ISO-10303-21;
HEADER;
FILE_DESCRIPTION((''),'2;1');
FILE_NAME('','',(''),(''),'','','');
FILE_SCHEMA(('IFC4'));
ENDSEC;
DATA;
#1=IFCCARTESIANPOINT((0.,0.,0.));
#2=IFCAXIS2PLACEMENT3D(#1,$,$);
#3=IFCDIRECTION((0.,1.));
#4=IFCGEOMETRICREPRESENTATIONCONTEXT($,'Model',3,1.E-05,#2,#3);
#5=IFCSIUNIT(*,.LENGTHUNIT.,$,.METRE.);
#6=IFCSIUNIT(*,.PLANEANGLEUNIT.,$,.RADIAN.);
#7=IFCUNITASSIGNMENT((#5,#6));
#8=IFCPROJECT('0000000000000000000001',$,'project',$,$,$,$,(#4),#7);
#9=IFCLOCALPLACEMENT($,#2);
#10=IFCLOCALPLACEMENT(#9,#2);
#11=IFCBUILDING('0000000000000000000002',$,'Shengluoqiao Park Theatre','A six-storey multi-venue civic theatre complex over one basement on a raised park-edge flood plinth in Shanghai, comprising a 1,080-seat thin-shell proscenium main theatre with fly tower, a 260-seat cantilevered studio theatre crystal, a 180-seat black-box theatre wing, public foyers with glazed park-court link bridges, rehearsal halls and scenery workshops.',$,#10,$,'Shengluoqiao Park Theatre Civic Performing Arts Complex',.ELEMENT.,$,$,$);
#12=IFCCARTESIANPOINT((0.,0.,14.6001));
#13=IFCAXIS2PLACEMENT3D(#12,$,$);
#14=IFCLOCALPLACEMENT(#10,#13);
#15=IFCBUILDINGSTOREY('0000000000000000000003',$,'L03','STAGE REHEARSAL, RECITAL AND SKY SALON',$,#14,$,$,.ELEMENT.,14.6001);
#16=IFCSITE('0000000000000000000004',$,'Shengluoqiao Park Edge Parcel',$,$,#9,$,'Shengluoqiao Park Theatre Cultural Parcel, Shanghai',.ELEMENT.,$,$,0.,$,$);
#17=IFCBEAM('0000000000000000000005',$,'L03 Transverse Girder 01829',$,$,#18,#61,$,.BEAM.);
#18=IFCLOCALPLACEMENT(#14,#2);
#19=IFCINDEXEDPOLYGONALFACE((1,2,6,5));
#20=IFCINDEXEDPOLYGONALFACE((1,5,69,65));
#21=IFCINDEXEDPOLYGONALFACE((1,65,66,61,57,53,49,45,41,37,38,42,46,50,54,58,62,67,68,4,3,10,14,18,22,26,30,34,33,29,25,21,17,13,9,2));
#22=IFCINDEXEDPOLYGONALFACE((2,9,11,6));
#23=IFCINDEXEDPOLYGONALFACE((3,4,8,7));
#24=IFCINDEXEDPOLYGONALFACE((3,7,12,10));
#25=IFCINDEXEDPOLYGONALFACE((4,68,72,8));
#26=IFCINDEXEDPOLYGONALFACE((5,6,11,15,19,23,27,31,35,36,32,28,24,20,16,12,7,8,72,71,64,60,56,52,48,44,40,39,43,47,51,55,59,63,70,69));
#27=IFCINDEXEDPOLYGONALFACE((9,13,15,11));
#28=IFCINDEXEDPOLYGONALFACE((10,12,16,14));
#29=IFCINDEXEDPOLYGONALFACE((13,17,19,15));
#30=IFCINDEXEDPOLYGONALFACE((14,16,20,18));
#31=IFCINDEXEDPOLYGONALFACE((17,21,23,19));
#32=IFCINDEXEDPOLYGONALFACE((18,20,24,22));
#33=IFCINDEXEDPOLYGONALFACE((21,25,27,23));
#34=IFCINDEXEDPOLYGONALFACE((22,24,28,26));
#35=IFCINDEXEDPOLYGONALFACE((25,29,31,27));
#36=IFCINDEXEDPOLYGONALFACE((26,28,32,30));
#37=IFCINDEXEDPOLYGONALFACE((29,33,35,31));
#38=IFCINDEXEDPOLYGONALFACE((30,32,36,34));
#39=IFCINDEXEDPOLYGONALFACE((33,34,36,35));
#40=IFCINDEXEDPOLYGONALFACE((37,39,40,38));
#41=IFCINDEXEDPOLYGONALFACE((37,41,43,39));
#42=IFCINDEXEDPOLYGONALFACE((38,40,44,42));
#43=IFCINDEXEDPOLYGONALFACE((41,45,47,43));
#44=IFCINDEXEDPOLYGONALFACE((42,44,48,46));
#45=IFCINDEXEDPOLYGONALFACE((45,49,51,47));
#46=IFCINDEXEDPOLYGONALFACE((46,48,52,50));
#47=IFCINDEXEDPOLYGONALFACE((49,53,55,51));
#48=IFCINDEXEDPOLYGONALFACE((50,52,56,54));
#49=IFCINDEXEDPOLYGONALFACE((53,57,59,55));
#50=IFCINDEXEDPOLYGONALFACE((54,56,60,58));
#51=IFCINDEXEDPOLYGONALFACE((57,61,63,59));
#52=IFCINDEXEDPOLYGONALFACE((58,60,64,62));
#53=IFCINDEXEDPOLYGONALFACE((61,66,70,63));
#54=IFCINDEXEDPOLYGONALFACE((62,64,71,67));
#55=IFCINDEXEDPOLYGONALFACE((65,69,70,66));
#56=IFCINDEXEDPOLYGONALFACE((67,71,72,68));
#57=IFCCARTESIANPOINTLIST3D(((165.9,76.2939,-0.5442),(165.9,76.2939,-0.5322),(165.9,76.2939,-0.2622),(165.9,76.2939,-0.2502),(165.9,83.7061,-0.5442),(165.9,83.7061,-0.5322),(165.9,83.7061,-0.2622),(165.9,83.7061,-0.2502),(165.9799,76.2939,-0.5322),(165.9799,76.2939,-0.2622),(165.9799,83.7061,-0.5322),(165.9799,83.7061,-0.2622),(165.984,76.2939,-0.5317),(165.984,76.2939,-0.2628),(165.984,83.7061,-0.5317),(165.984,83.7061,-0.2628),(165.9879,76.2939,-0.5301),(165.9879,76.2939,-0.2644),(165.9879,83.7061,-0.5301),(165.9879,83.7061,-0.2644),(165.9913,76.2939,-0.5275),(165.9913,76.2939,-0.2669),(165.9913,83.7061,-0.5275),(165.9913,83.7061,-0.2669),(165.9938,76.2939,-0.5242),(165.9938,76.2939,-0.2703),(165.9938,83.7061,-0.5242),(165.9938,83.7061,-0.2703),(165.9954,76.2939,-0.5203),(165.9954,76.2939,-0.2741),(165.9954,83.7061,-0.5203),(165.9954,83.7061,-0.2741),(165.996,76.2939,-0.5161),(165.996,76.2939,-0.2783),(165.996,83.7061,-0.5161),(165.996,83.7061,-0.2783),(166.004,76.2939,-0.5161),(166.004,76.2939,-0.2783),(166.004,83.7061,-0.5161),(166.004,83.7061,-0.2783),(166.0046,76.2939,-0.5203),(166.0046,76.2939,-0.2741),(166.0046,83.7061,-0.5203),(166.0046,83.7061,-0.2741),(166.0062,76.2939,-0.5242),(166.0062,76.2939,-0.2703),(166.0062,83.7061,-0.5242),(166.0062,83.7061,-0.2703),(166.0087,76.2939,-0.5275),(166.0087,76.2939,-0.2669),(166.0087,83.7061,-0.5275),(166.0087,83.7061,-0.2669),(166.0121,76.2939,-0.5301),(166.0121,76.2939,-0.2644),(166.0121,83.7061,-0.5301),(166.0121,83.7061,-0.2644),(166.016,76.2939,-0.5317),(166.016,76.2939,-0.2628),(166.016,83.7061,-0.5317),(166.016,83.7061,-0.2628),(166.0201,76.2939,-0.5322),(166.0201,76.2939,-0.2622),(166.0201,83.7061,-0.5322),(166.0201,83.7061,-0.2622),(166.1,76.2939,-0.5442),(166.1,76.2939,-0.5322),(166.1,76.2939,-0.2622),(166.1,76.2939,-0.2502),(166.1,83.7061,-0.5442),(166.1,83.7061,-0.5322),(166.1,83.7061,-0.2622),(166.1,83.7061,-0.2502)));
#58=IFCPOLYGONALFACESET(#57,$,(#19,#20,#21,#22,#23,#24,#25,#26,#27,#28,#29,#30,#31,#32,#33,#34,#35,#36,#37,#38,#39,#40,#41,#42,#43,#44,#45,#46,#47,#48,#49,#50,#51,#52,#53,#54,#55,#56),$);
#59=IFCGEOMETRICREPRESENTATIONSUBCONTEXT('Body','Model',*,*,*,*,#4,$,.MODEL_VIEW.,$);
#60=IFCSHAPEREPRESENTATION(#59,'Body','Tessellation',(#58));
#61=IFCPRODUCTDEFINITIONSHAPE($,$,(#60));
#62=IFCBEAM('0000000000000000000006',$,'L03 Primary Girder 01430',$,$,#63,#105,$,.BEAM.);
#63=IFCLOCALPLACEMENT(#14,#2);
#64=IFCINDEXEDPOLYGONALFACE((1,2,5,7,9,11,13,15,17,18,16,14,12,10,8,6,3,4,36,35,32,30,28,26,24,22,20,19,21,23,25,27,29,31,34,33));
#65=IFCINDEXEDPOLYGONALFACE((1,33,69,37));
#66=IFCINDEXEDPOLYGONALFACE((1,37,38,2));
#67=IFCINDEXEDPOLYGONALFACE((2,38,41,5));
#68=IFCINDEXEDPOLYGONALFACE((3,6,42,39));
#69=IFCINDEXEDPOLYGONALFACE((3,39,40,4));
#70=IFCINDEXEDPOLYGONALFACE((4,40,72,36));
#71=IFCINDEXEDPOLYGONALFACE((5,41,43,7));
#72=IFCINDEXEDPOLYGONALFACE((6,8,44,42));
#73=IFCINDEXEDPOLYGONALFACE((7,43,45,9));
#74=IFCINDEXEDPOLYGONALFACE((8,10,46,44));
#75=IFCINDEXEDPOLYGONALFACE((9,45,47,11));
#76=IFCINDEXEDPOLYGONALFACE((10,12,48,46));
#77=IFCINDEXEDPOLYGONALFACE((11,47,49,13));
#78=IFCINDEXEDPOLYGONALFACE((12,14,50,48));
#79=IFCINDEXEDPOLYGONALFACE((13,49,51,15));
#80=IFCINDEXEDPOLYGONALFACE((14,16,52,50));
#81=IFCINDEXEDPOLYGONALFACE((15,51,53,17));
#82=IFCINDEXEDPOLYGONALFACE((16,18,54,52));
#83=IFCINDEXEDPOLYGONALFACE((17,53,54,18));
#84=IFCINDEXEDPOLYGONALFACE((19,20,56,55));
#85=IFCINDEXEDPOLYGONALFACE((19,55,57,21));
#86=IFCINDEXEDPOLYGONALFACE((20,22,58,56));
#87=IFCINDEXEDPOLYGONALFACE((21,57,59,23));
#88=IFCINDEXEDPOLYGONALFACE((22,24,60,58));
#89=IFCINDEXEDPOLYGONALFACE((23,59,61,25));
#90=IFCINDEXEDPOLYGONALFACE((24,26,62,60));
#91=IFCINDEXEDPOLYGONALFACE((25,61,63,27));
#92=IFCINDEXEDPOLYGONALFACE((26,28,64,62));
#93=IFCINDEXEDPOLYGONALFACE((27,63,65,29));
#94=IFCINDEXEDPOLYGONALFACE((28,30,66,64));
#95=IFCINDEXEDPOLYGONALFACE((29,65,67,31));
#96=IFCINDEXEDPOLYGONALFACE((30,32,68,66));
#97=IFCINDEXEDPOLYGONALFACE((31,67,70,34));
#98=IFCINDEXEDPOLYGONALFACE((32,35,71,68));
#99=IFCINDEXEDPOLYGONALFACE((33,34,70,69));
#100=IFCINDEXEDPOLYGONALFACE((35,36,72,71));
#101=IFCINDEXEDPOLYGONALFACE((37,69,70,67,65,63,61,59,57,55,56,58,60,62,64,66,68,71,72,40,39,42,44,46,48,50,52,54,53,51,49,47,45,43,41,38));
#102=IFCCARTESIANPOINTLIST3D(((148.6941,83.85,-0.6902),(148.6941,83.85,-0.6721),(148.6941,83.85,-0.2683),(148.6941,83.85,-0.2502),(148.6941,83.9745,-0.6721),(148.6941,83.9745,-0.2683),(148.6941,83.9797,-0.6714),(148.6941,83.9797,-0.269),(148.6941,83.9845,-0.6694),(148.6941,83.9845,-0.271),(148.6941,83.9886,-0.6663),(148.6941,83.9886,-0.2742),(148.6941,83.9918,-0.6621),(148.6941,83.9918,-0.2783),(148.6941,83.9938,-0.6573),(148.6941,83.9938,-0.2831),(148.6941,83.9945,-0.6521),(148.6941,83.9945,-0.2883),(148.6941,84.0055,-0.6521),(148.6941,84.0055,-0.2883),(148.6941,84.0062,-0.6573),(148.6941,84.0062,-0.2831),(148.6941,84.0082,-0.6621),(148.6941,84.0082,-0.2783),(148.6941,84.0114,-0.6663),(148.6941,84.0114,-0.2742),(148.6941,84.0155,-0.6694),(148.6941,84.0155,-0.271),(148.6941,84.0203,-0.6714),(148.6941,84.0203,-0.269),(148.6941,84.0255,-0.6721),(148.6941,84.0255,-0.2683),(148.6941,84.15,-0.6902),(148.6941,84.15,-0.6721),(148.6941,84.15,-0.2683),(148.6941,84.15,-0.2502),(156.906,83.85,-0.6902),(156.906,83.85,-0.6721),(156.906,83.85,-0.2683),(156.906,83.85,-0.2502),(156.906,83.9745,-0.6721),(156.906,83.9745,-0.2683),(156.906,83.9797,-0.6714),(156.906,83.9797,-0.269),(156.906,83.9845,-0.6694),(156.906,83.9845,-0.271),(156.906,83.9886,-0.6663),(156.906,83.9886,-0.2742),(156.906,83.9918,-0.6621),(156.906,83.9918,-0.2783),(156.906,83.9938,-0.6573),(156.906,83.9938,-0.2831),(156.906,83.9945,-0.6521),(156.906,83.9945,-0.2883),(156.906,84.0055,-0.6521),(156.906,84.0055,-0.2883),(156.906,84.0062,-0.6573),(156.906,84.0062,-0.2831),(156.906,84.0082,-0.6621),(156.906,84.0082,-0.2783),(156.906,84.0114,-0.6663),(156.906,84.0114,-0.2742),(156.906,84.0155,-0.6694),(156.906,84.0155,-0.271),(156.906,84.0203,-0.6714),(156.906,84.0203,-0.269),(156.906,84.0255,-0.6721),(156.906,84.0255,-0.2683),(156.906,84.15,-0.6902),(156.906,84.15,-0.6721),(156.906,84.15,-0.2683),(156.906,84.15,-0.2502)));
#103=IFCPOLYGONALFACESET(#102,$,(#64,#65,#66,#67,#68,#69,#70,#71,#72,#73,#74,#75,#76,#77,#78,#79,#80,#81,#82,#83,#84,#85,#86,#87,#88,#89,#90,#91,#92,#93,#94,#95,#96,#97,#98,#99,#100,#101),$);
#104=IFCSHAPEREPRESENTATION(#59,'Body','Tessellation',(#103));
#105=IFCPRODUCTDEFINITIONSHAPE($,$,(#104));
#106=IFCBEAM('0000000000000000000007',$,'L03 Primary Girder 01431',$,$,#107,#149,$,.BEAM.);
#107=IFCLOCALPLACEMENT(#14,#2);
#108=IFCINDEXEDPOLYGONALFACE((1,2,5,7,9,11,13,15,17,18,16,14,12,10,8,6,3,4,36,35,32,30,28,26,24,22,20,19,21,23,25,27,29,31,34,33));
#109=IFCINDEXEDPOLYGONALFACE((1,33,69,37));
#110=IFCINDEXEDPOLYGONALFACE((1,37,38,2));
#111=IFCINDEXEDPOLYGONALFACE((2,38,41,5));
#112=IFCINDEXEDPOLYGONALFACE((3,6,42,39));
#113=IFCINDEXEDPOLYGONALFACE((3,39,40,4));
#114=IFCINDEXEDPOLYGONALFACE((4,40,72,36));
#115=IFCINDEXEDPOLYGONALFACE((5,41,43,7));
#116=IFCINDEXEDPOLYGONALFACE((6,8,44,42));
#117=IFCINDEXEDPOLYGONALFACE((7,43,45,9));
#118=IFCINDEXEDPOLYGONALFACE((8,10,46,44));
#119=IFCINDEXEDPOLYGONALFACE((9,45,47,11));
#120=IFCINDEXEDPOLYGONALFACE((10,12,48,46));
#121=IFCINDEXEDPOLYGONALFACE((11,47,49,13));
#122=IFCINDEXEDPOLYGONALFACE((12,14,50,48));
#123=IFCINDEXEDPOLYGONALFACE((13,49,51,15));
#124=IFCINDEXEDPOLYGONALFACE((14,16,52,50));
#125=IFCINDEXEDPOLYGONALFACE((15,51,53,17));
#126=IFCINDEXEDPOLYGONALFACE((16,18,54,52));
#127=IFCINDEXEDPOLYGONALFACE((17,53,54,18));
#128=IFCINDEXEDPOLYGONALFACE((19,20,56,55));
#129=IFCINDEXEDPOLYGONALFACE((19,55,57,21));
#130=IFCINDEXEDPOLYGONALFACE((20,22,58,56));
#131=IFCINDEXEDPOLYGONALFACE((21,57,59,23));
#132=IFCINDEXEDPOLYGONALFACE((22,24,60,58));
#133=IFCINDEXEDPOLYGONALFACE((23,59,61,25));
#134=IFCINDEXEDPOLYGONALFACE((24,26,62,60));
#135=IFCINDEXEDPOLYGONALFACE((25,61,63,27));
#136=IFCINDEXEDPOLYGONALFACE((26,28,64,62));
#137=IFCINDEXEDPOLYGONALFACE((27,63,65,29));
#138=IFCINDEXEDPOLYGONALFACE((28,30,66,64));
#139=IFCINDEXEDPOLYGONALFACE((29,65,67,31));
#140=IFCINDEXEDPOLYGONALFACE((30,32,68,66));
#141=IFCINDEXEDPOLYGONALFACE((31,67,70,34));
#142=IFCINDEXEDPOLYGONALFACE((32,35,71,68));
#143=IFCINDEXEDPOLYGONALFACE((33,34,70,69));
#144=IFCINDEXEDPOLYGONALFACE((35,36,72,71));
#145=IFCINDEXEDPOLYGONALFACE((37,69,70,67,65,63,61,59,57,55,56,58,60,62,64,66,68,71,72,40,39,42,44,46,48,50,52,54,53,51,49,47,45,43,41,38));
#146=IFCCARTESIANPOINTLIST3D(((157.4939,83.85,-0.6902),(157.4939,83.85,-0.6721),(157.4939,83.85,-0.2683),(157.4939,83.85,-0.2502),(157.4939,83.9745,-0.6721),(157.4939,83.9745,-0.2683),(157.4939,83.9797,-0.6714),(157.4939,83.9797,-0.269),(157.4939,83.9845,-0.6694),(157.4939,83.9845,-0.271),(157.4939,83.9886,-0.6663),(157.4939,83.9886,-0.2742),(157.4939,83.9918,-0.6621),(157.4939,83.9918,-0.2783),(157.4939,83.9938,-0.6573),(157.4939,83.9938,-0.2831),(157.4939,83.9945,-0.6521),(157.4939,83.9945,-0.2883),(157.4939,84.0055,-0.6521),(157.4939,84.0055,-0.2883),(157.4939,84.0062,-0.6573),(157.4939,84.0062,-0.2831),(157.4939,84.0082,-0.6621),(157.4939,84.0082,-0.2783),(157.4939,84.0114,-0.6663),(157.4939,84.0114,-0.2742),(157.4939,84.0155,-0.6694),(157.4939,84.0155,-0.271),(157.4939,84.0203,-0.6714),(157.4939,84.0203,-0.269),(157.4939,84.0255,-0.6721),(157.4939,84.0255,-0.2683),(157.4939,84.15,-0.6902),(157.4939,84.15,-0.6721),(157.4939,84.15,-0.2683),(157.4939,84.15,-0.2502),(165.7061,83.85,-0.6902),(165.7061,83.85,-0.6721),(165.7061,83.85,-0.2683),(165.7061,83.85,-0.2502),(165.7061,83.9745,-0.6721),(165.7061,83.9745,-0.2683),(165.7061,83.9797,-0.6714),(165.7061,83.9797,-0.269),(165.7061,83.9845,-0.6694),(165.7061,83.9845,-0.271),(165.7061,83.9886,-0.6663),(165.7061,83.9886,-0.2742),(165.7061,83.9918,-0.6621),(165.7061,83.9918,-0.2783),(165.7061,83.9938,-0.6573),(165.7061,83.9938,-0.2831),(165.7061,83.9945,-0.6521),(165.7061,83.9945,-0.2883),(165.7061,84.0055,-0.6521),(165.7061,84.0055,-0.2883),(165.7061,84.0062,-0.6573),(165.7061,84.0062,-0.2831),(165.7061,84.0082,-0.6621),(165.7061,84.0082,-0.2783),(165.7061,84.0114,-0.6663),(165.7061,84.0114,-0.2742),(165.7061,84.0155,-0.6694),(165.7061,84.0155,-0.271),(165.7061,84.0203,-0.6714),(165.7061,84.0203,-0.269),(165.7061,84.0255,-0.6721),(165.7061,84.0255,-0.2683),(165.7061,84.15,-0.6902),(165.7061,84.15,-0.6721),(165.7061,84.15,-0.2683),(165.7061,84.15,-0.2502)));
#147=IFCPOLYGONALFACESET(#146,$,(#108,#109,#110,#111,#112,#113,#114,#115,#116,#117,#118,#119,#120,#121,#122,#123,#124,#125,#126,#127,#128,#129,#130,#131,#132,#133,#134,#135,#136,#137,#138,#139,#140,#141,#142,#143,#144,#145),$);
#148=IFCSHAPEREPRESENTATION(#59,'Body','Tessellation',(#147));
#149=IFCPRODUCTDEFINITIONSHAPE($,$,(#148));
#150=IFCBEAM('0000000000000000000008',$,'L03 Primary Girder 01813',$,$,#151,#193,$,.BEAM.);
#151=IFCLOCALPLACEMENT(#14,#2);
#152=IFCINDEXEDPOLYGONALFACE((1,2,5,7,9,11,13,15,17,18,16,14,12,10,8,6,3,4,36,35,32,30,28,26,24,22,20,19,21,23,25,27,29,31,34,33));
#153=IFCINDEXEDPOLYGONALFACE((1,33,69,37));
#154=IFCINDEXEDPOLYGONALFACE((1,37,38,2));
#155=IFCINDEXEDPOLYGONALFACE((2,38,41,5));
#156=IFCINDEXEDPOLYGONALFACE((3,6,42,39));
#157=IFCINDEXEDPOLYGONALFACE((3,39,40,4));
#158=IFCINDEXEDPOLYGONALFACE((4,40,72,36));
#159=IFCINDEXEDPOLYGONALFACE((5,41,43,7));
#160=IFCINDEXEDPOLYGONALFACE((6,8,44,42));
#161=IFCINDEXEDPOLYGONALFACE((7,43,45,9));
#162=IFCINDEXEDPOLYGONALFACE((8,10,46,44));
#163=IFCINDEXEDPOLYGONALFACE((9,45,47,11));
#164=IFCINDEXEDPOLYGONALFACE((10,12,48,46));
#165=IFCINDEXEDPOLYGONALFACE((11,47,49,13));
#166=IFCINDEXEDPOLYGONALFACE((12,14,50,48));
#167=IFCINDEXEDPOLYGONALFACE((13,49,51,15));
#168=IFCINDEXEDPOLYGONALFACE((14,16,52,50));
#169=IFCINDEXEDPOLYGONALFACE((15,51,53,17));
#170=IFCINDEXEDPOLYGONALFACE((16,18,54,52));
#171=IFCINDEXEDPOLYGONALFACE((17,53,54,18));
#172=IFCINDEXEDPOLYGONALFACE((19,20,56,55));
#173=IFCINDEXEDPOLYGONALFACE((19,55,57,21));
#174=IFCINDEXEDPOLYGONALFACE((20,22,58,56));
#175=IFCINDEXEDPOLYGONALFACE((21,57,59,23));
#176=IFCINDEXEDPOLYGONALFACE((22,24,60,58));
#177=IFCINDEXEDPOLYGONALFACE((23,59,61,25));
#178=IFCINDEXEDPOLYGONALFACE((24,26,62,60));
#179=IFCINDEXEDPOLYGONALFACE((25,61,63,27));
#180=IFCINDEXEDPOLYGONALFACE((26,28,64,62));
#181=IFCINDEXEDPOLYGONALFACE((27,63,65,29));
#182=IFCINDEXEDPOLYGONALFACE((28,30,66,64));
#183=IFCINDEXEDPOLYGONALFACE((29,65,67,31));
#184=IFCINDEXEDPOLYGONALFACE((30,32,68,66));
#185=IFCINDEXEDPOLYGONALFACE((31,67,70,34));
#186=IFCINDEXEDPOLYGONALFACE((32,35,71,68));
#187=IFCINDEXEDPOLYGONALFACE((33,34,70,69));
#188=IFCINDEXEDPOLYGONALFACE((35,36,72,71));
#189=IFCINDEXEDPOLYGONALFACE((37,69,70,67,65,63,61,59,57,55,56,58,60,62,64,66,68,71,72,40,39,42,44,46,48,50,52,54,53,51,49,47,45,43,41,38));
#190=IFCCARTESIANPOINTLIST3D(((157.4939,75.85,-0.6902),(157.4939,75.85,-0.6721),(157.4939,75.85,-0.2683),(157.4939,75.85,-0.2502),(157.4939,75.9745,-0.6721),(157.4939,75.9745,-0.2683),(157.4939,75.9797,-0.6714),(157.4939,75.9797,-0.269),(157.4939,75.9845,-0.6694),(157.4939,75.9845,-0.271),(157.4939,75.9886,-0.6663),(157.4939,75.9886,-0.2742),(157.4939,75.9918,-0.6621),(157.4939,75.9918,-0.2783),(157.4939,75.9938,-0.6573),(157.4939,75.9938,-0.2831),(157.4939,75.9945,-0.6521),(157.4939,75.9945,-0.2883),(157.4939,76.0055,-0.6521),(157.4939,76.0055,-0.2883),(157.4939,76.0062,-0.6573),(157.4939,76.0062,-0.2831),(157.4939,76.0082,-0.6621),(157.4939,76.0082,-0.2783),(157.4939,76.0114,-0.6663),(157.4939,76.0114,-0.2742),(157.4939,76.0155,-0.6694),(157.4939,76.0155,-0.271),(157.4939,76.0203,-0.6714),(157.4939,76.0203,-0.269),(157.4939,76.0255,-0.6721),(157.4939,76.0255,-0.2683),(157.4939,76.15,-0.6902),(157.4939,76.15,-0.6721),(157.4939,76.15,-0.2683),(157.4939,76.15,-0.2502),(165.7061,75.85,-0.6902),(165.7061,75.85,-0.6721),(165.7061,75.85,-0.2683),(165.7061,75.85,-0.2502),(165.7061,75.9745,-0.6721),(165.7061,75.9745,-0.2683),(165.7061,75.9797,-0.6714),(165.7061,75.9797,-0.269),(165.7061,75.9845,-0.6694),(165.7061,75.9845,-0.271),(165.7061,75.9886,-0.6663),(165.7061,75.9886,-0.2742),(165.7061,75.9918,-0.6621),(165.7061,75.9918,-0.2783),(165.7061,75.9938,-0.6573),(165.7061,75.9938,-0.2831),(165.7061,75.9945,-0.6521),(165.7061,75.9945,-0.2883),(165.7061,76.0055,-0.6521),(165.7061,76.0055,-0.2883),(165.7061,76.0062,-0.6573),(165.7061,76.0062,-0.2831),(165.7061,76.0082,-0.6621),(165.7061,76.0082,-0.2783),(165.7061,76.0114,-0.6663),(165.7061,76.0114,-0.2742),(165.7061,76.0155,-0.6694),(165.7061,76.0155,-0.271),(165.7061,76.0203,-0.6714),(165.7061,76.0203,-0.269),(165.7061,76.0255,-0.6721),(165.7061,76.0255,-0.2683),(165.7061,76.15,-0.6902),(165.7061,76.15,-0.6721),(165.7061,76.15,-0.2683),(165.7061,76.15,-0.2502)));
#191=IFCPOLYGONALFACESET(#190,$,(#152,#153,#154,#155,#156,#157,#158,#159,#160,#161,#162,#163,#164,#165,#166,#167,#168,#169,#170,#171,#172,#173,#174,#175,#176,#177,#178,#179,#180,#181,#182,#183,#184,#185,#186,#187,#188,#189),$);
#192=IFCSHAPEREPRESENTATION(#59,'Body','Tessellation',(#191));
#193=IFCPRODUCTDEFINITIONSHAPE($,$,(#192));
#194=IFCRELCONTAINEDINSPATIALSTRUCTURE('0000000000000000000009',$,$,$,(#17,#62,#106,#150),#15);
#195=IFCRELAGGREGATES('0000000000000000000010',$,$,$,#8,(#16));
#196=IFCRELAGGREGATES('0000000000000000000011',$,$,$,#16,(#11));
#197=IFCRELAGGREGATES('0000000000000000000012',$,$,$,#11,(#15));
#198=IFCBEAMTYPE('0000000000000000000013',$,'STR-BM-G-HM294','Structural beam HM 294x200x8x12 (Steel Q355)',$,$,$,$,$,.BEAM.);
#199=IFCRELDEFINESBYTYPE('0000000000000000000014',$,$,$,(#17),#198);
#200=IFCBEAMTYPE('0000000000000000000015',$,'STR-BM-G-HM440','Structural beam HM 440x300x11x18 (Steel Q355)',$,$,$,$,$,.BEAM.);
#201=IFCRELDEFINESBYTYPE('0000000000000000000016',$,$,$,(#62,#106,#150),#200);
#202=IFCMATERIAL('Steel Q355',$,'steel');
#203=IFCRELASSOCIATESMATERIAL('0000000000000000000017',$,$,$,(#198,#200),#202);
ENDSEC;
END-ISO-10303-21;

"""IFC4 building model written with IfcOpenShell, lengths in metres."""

from ifc_helpers import new_model, si_unit, direction, frame, origin, origin_2d, place, context, subcontext, project, spatial, i_section, extrude, material, material_profile, profile_set, type_object, element, save


model = new_model("IFC4")

# Units and contexts
model_context = context("Model", 3, precision=1e-05, world=origin(), true_north=direction((0.0, 1.0)))
body_context = subcontext(model_context, "Body", "Model", "MODEL_VIEW")
ifc_project = project(units=[si_unit("LENGTHUNIT", "METRE"), si_unit("PLANEANGLEUNIT", "RADIAN")], contexts=[model_context])

# Site, building, storey
site_placement = place(None, origin())
site = spatial("IfcSite", under=ifc_project, at=site_placement, Name="Shengluoqiao Park Edge Parcel", LongName="Shengluoqiao Park Theatre Cultural Parcel, Shanghai", CompositionType="ELEMENT", RefElevation=0.0)
building_placement = place(site_placement, origin())
building = spatial("IfcBuilding", under=site, at=building_placement, Name="Shengluoqiao Park Theatre", Description="A six-storey multi-venue civic theatre complex over one basement on a raised park-edge flood plinth in Shanghai, comprising a 1,080-seat thin-shell proscenium main theatre with fly tower, a 260-seat cantilevered studio theatre crystal, a 180-seat black-box theatre wing, public foyers with glazed park-court link bridges, rehearsal halls and scenery workshops.", LongName="Shengluoqiao Park Theatre Civic Performing Arts Complex", CompositionType="ELEMENT")
storey_placement = place(building_placement, frame((0.0, 0.0, 14.6001)))
storey = spatial("IfcBuildingStorey", under=building, at=storey_placement, Name="L03", Description="STAGE REHEARSAL, RECITAL AND SKY SALON", CompositionType="ELEMENT", Elevation=14.6001)

# Beams
ifc_material_1 = material(Name="Steel Q355", Category="steel")
ifc_material_profile_1 = material_profile(ifc_material_1, i_section(OverallWidth=0.2, OverallDepth=0.2939, WebThickness=0.0081, FlangeThickness=0.012, FilletRadius=0.0161, at=origin_2d()), Name="HM 294x200x8x12")
ifc_profile_set_1 = profile_set([ifc_material_profile_1], Name="Steel Q355")
beam_type_1 = type_object("IfcBeamType", Name="STR-BM-G-HM294", Description="Structural beam HM 294x200x8x12 (Steel Q355)", PredefinedType="BEAM", material=ifc_profile_set_1)
for number, where, z_axis, x_axis, name in (
    (1, (166.0, 76.2939, -0.3972), (0.0, 1.0, 0.0), (-1.0, 0.0, 0.0), "L03 Transverse Girder 01829"),
):
    element("IfcBeam", number, at=place(storey_placement, frame(where, z_axis=z_axis, x_axis=x_axis)), inside=storey, type_object=beam_type_1, Name=name, PredefinedType="BEAM", context=body_context, shape_type="SweptSolid", body=[
        extrude(i_section(OverallWidth=0.2, OverallDepth=0.2939, WebThickness=0.0081, FlangeThickness=0.012, FilletRadius=0.0161, at=origin_2d()), origin(), (0.0, 0.0, 1.0), 7.4121),
    ])
ifc_material_profile_2 = material_profile(ifc_material_1, i_section(OverallWidth=0.3, OverallDepth=0.4399, WebThickness=0.011, FlangeThickness=0.0181, FilletRadius=0.02, at=origin_2d()), Name="HM 440x300x11x18")
ifc_profile_set_2 = profile_set([ifc_material_profile_2], Name="Steel Q355")
beam_type_2 = type_object("IfcBeamType", Name="STR-BM-G-HM440", Description="Structural beam HM 440x300x11x18 (Steel Q355)", PredefinedType="BEAM", material=ifc_profile_set_2)
beam_placement = place(storey_placement, frame((148.6941, 84.0, -0.4702), z_axis=(1.0, 0.0, 0.0), x_axis=(0.0, 1.0, 0.0)))
element("IfcBeam", 2, at=beam_placement, inside=storey, type_object=beam_type_2, Name="L03 Primary Girder 01430", PredefinedType="BEAM", context=body_context, shape_type="SweptSolid", body=[
    extrude(i_section(OverallWidth=0.3, OverallDepth=0.4399, WebThickness=0.011, FlangeThickness=0.0181, FilletRadius=0.02, at=origin_2d()), origin(), (0.0, 0.0, 1.0), 8.2119),
])
for number, where, z_axis, x_axis, name in (
    (3, (157.4939, 84.0, -0.4702), (1.0, 0.0, 0.0), (0.0, 1.0, 0.0), "L03 Primary Girder 01431"),
    (4, (157.4939, 76.0, -0.4702), (1.0, 0.0, 0.0), (0.0, 1.0, 0.0), "L03 Primary Girder 01813"),
):
    element("IfcBeam", number, at=place(storey_placement, frame(where, z_axis=z_axis, x_axis=x_axis)), inside=storey, type_object=beam_type_2, Name=name, PredefinedType="BEAM", context=body_context, shape_type="SweptSolid", body=[
        extrude(i_section(OverallWidth=0.3, OverallDepth=0.4399, WebThickness=0.011, FlangeThickness=0.0181, FilletRadius=0.02, at=origin_2d()), origin(), (0.0, 0.0, 1.0), 8.2122),
    ])

save(model, "model.ifc")
